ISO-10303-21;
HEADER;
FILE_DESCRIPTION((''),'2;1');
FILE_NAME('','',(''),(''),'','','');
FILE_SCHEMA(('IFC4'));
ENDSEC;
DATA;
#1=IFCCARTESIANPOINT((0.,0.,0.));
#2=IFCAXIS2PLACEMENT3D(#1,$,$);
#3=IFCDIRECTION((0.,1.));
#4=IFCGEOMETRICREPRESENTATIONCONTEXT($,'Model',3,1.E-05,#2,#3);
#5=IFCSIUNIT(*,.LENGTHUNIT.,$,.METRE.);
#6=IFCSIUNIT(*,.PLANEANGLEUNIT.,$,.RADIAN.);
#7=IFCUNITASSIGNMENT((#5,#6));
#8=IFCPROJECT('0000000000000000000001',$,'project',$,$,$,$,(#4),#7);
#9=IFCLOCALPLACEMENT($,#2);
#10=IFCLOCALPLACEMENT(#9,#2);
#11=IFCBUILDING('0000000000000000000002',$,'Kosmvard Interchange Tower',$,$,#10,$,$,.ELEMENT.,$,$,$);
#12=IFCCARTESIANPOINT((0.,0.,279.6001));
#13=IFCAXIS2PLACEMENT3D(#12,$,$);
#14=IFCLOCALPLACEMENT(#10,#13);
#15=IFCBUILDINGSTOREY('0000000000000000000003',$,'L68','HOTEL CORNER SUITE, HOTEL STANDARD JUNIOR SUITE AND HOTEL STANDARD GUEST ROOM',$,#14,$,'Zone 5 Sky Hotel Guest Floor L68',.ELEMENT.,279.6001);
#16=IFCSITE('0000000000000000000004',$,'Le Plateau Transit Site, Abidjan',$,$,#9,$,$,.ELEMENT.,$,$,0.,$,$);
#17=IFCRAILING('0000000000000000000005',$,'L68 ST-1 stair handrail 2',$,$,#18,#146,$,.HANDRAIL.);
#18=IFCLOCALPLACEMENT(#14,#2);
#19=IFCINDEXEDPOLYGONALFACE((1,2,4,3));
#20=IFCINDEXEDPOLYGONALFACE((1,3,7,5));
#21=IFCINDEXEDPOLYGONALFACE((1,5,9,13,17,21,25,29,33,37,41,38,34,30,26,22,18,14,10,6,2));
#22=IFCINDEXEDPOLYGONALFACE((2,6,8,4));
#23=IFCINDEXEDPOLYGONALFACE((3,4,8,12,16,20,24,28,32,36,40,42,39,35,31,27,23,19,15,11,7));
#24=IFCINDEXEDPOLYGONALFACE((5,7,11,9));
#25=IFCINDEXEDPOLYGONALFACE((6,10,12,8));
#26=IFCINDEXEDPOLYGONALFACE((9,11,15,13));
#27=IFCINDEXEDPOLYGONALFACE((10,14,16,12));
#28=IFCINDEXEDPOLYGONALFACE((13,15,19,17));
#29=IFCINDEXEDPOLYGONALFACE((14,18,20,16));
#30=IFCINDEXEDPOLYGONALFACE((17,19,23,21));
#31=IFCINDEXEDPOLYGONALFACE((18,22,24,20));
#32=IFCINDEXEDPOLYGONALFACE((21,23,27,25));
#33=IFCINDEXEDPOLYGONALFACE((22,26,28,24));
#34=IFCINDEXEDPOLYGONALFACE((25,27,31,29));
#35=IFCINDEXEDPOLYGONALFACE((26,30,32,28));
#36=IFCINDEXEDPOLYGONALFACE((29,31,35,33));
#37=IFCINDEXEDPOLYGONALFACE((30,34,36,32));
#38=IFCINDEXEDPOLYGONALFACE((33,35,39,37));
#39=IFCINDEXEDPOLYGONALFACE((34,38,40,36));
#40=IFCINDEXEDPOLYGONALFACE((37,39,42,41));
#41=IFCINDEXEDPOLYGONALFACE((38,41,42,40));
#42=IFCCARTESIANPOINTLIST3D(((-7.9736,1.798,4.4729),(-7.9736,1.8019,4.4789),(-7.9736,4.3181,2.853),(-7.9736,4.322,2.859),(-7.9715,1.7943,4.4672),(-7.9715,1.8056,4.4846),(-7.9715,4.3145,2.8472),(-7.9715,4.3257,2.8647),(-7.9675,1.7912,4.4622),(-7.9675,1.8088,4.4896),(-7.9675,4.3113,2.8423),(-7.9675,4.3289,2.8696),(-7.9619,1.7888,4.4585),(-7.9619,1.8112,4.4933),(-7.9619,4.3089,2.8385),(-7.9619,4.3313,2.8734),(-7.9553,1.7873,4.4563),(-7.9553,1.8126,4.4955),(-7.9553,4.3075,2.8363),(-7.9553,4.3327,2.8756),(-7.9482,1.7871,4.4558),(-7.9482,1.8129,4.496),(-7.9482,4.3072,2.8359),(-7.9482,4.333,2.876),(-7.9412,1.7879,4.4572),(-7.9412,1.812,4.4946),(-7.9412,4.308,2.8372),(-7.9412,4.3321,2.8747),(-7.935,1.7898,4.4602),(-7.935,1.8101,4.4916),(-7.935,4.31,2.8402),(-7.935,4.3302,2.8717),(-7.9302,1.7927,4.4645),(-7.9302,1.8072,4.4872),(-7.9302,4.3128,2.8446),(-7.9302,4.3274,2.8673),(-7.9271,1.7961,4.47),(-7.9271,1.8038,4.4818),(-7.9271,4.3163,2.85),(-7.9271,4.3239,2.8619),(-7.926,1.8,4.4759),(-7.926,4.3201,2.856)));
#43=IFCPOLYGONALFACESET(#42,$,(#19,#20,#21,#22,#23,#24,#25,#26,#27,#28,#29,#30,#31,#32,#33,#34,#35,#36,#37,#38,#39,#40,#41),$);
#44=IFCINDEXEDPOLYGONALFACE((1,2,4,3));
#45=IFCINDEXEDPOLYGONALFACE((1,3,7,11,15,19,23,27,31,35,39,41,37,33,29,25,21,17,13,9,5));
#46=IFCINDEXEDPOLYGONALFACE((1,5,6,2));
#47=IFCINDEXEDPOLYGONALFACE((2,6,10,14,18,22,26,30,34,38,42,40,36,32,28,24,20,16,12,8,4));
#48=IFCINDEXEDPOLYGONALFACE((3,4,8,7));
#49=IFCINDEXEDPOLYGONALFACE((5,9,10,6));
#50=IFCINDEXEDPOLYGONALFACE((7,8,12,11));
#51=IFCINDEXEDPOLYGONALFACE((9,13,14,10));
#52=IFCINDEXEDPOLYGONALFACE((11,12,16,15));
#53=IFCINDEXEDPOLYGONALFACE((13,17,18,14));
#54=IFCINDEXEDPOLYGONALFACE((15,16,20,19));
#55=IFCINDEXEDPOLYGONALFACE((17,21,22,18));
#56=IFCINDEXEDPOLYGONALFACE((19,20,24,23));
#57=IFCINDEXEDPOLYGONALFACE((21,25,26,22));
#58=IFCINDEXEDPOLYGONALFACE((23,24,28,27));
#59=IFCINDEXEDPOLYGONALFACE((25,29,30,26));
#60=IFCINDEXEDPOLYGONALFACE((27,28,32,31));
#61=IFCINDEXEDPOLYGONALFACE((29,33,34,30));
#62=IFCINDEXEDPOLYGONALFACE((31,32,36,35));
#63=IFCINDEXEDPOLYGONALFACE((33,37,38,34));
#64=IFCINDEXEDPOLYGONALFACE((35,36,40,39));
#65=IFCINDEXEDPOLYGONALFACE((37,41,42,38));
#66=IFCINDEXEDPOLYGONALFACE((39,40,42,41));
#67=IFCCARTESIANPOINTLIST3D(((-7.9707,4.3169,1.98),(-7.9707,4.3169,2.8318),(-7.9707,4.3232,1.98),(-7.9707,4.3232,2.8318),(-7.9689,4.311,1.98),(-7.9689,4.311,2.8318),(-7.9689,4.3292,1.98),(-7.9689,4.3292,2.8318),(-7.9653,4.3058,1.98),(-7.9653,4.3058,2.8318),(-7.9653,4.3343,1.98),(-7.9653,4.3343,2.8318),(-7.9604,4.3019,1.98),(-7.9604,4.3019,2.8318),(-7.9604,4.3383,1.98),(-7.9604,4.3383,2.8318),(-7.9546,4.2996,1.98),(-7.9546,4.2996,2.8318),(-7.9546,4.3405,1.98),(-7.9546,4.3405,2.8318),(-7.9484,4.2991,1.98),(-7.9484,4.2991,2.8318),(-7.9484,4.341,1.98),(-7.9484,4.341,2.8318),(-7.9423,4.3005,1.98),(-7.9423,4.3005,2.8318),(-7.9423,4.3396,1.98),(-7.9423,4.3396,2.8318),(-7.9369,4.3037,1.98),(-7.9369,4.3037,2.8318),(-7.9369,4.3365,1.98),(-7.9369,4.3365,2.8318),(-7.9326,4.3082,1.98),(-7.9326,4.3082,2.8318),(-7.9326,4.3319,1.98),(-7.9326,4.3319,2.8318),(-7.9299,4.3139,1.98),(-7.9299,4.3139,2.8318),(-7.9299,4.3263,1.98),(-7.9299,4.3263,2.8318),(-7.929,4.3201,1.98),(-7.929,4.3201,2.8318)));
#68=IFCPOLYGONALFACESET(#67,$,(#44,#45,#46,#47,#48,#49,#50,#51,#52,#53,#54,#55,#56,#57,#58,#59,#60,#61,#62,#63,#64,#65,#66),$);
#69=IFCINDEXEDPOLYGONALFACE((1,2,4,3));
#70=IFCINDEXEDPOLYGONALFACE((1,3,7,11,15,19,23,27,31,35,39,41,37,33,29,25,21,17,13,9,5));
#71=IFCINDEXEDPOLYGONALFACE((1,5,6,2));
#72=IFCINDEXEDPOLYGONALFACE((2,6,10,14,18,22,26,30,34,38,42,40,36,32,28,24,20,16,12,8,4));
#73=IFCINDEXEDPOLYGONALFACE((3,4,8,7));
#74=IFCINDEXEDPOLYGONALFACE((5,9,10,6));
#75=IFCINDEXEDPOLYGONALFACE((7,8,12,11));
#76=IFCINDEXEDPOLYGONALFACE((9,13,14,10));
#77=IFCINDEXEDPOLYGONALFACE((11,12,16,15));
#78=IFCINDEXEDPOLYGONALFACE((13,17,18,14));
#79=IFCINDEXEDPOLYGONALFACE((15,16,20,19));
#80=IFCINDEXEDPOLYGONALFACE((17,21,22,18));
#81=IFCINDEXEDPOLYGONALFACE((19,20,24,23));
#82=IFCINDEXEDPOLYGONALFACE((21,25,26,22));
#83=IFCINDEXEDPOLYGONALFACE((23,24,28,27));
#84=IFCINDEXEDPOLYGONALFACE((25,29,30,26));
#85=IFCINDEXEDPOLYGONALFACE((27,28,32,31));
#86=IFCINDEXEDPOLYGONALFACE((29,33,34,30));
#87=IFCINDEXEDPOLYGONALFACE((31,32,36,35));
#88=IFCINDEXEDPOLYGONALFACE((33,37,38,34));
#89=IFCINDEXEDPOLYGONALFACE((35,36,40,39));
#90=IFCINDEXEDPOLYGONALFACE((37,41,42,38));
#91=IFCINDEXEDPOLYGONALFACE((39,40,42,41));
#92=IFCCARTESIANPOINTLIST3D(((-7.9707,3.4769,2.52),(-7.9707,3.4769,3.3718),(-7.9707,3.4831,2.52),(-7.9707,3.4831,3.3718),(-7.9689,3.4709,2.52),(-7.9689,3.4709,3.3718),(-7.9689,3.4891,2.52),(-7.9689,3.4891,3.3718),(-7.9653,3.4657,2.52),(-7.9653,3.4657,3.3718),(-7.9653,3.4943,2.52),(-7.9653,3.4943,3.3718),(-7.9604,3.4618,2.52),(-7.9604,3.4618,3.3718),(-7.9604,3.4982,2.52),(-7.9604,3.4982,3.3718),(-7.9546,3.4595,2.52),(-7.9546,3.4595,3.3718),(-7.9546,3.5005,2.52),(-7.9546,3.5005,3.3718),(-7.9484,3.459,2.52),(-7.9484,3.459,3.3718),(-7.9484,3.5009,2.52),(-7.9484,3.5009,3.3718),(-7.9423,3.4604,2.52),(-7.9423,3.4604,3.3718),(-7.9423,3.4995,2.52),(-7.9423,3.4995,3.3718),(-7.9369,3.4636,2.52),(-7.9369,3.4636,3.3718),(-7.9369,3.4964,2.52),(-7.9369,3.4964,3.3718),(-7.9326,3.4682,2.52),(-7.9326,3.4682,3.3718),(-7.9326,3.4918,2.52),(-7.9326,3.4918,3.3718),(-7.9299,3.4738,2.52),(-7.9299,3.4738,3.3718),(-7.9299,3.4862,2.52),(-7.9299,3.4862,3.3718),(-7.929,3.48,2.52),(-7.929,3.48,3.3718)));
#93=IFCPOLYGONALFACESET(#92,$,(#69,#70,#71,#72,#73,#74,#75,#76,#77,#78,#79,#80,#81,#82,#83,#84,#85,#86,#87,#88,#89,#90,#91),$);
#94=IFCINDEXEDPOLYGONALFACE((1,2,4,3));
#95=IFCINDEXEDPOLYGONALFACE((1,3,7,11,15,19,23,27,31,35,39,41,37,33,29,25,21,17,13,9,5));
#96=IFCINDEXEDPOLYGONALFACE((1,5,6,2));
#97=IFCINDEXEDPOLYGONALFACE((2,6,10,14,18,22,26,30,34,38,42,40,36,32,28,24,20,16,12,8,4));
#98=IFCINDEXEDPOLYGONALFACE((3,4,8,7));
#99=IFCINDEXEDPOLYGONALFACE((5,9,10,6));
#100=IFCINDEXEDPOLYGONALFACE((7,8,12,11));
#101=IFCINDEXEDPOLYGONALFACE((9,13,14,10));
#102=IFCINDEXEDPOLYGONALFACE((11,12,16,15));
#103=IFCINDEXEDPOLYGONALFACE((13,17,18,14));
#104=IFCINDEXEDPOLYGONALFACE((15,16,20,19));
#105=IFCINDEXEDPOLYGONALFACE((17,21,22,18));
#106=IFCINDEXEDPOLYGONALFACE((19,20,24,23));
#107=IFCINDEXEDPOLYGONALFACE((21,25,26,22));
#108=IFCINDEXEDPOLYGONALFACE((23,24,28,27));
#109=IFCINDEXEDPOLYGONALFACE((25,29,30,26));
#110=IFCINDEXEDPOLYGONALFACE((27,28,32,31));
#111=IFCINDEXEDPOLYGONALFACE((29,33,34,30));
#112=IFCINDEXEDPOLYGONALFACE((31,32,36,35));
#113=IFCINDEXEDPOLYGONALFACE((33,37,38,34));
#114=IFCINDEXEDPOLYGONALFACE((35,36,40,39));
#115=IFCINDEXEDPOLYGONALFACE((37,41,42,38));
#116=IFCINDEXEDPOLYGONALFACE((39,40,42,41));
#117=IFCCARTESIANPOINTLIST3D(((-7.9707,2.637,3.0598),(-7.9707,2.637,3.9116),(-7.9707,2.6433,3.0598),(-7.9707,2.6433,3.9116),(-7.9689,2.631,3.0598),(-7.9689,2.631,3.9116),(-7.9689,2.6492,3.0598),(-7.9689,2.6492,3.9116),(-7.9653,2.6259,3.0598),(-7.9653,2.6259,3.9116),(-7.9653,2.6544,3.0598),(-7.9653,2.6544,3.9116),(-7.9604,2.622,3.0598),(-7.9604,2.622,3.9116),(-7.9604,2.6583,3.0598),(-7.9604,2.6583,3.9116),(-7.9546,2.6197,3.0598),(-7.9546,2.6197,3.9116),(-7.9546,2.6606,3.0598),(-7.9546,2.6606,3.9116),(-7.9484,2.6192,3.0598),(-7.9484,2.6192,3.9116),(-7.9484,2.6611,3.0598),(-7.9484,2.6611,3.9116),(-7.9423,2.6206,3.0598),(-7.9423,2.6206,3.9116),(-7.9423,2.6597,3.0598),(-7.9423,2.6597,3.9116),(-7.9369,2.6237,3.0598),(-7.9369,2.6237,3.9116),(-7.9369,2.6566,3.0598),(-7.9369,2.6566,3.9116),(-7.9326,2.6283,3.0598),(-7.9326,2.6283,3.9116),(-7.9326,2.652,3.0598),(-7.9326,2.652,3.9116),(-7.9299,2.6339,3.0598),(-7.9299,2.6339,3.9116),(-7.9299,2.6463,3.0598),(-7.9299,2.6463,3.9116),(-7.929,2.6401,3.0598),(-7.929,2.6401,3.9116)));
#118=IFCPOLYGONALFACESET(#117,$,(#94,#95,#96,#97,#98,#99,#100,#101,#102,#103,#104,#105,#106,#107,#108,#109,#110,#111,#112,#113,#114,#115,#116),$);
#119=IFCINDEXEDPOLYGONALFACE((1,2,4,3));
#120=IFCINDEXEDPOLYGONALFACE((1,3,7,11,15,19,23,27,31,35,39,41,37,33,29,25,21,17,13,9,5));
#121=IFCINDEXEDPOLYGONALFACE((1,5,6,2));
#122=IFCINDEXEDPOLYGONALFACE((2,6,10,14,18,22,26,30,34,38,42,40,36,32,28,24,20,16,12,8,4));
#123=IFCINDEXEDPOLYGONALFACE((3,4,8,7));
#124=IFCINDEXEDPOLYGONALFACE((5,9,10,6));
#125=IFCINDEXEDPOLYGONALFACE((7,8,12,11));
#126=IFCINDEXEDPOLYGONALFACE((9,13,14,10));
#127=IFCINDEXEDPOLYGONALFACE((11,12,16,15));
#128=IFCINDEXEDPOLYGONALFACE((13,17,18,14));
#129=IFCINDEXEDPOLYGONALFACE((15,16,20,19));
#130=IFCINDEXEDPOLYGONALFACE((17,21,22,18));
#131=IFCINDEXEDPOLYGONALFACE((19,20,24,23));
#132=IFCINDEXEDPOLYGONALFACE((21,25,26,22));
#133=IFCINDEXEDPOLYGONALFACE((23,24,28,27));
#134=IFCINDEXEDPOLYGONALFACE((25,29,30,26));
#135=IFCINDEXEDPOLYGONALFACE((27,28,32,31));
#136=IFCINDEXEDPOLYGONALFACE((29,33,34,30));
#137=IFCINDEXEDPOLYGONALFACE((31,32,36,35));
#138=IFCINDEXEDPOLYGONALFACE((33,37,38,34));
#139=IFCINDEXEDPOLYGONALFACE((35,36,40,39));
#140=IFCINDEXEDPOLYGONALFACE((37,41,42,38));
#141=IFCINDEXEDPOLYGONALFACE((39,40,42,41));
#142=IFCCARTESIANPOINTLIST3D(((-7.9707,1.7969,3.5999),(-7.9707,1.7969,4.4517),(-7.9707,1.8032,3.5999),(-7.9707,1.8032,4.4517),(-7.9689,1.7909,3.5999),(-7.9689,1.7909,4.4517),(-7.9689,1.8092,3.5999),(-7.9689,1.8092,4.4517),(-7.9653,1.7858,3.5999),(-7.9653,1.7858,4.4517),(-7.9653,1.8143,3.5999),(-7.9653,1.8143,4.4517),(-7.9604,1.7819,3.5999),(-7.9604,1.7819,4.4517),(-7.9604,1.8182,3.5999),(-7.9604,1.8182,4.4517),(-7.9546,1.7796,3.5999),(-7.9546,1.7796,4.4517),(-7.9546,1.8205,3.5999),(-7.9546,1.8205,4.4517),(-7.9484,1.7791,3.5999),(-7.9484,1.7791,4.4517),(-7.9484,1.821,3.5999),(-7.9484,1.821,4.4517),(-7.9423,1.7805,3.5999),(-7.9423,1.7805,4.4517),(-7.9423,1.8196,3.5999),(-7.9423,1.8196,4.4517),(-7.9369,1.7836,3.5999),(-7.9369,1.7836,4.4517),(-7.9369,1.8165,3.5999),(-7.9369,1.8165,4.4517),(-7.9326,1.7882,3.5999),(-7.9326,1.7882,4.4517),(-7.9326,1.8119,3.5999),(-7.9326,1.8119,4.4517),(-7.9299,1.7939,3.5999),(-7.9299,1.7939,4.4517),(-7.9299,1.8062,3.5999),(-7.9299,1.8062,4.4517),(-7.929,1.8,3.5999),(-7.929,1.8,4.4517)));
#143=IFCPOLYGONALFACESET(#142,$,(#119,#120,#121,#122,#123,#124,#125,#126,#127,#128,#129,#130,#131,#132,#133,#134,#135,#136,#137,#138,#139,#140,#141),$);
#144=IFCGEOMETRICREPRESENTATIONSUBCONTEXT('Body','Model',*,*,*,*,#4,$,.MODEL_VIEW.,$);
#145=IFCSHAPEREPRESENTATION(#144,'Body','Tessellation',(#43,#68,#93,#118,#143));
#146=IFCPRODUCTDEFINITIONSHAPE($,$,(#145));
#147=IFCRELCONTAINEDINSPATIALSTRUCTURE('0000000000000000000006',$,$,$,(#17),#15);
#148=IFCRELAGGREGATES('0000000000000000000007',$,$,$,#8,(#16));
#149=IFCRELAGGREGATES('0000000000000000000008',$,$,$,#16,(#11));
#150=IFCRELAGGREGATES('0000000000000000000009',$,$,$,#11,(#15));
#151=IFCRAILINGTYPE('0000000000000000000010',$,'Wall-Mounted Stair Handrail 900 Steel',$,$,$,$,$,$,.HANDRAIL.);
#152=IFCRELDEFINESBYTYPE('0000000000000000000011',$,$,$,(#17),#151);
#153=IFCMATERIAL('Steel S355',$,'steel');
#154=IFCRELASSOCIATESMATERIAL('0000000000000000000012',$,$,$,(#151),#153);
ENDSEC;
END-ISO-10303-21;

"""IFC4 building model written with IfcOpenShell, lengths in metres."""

from ifc_helpers import new_model, si_unit, direction, frame, origin, origin_2d, place, context, subcontext, project, spatial, circle, extrude, source, transform, mapped, material, type_object, element, save


model = new_model("IFC4")

# Units and contexts
model_context = context("Model", 3, precision=1e-05, world=origin(), true_north=direction((0.0, 1.0)))
body_context = subcontext(model_context, "Body", "Model", "MODEL_VIEW")
ifc_project = project(units=[si_unit("LENGTHUNIT", "METRE"), si_unit("PLANEANGLEUNIT", "RADIAN")], contexts=[model_context])

# Site, building, storey
site_placement = place(None, origin())
site = spatial("IfcSite", under=ifc_project, at=site_placement, Name="Le Plateau Transit Site, Abidjan", CompositionType="ELEMENT", RefElevation=0.0)
building_placement = place(site_placement, origin())
building = spatial("IfcBuilding", under=site, at=building_placement, Name="Kosmvard Interchange Tower", CompositionType="ELEMENT")
storey_placement = place(building_placement, frame((0.0, 0.0, 279.6001)))
storey = spatial("IfcBuildingStorey", under=building, at=storey_placement, Name="L68", Description="HOTEL CORNER SUITE, HOTEL STANDARD JUNIOR SUITE AND HOTEL STANDARD GUEST ROOM", LongName="Zone 5 Sky Hotel Guest Floor L68", CompositionType="ELEMENT", Elevation=279.6001)

# Shared definitions
ifc_material_1 = material(Name="Steel S355", Category="steel")

# Railing
railing_type_1 = type_object("IfcRailingType", Name="Wall-Mounted Stair Handrail 900 Steel", PredefinedType="HANDRAIL", material=ifc_material_1)
shared_shape_1 = source(origin(), body_context, "Body", "SweptSolid", [
    extrude(circle(Radius=0.0239, at=origin_2d()), frame((0.0, 0.0, 0.876), z_axis=(0.0, -0.8412, 0.540725), x_axis=(1.0, 0.0, 0.0)), (0.0, 0.0, 1.0), 2.9958),
    extrude(circle(Radius=0.021, at=origin_2d()), origin(), (0.0, 0.0, 1.0), 0.8518),
    extrude(circle(Radius=0.021, at=origin_2d()), frame((0.0, -0.8401, 0.54)), (0.0, 0.0, 1.0), 0.8518),
    extrude(circle(Radius=0.021, at=origin_2d()), frame((0.0, -1.6799, 1.0798)), (0.0, 0.0, 1.0), 0.8518),
    extrude(circle(Radius=0.021, at=origin_2d()), frame((0.0, -2.52, 1.6199)), (0.0, 0.0, 1.0), 0.8518),
])
railing_1_placement = place(storey_placement, frame((-7.95, 4.3201, 1.98)))
element("IfcRailing", 1, at=railing_1_placement, inside=storey, type_object=railing_type_1, Name="L68 ST-1 stair handrail 2", PredefinedType="HANDRAIL", context=body_context, shape_type="MappedRepresentation", body=[
    mapped(shared_shape_1, transform((0.0, 0.0, 0.0), scale=1.0)),
])

save(model, "model.ifc")
